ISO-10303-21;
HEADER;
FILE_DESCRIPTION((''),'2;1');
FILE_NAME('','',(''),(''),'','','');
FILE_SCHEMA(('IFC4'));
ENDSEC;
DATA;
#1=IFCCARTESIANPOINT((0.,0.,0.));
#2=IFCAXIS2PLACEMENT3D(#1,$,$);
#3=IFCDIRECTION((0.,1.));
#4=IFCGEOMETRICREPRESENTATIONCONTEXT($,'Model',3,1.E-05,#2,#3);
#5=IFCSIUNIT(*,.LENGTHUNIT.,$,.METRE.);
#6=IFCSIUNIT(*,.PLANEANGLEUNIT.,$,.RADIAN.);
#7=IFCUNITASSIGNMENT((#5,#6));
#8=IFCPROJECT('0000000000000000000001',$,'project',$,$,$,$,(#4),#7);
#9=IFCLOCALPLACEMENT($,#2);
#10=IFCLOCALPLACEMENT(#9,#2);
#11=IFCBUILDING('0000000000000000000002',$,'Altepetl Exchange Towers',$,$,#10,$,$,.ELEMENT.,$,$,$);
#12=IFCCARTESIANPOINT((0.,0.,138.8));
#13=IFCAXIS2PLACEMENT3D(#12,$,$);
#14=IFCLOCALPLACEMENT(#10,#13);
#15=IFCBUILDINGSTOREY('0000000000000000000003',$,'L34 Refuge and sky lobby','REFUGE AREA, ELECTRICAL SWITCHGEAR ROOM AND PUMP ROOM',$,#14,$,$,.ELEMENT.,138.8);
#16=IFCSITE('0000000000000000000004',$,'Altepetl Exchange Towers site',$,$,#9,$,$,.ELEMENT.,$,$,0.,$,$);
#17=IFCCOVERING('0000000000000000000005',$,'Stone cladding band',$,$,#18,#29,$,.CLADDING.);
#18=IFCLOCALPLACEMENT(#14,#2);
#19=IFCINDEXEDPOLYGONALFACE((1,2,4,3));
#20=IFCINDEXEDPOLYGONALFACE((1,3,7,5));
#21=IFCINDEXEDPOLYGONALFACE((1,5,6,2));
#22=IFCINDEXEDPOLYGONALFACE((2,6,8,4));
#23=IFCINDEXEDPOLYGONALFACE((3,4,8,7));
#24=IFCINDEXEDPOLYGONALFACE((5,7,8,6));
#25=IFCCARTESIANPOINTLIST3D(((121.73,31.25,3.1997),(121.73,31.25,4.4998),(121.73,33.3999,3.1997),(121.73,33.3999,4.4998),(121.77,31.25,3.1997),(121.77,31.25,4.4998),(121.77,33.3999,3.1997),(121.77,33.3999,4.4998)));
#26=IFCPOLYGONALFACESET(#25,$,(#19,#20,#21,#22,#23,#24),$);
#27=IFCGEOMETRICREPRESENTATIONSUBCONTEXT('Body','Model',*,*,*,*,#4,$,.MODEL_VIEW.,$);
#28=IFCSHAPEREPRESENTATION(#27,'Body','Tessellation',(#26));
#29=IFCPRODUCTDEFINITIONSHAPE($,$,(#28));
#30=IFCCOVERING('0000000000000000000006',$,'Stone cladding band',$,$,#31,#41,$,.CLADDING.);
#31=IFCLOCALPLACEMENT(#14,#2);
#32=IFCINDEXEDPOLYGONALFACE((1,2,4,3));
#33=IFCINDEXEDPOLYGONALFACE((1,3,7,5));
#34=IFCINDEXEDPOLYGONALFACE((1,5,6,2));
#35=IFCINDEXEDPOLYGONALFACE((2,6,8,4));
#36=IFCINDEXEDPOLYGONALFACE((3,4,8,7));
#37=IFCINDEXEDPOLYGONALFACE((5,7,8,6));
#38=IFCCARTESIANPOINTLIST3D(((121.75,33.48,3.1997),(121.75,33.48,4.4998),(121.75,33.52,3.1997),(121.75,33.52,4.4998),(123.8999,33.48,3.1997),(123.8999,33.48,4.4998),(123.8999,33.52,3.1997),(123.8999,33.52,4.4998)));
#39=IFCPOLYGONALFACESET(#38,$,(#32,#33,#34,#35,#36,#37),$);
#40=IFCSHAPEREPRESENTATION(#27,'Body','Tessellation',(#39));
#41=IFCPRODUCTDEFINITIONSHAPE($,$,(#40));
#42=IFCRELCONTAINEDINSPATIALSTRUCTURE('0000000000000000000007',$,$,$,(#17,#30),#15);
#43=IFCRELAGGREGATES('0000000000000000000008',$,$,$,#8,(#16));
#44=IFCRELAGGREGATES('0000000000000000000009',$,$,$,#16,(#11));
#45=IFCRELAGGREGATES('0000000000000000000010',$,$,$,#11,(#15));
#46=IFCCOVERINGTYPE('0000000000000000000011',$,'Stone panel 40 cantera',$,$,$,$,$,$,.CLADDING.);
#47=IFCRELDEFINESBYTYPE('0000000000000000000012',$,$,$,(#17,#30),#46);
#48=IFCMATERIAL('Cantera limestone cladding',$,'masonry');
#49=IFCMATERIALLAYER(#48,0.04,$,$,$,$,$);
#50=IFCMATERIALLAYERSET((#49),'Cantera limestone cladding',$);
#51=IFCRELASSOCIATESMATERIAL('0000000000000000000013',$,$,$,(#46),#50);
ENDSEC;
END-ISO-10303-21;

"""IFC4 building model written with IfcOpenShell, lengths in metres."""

from ifc_helpers import new_model, si_unit, direction, frame, origin, origin_2d, place, context, subcontext, project, spatial, rectangle, extrude, material, layer, layer_set, type_object, element, save


model = new_model("IFC4")

# Units and contexts
model_context = context("Model", 3, precision=1e-05, world=origin(), true_north=direction((0.0, 1.0)))
body_context = subcontext(model_context, "Body", "Model", "MODEL_VIEW")
ifc_project = project(units=[si_unit("LENGTHUNIT", "METRE"), si_unit("PLANEANGLEUNIT", "RADIAN")], contexts=[model_context])

# Site, building, storey
site_placement = place(None, origin())
site = spatial("IfcSite", under=ifc_project, at=site_placement, Name="Altepetl Exchange Towers site", CompositionType="ELEMENT", RefElevation=0.0)
building_placement = place(site_placement, origin())
building = spatial("IfcBuilding", under=site, at=building_placement, Name="Altepetl Exchange Towers", CompositionType="ELEMENT")
storey_placement = place(building_placement, frame((0.0, 0.0, 138.8)))
storey = spatial("IfcBuildingStorey", under=building, at=storey_placement, Name="L34 Refuge and sky lobby", Description="REFUGE AREA, ELECTRICAL SWITCHGEAR ROOM AND PUMP ROOM", CompositionType="ELEMENT", Elevation=138.8)

# Shared definitions
ifc_material_1 = material(Name="Cantera limestone cladding", Category="masonry")

# Coverings
ifc_layer_1 = layer(ifc_material_1, 0.04)
ifc_layer_set_1 = layer_set([ifc_layer_1], Name="Cantera limestone cladding")
covering_type = type_object("IfcCoveringType", Name="Stone panel 40 cantera", PredefinedType="CLADDING", material=ifc_layer_set_1)
covering_1_placement = place(storey_placement, frame((121.75, 32.325, 3.1997), z_axis=(0.0, 0.0, 1.0), x_axis=(0.0, 1.0, 0.0)))
element("IfcCovering", 1, at=covering_1_placement, inside=storey, type_object=covering_type, Name="Stone cladding band", PredefinedType="CLADDING", context=body_context, shape_type="SweptSolid", body=[
    extrude(rectangle(XDim=2.1499, YDim=0.04, at=origin_2d()), origin(), (0.0, 0.0, 1.0), 1.3),
])
covering_2_placement = place(storey_placement, frame((122.825, 33.5, 3.1997)))
element("IfcCovering", 2, at=covering_2_placement, inside=storey, type_object=covering_type, Name="Stone cladding band", PredefinedType="CLADDING", context=body_context, shape_type="SweptSolid", body=[
    extrude(rectangle(XDim=2.1499, YDim=0.04, at=origin_2d()), origin(), (0.0, 0.0, 1.0), 1.3),
])

save(model, "model.ifc")
